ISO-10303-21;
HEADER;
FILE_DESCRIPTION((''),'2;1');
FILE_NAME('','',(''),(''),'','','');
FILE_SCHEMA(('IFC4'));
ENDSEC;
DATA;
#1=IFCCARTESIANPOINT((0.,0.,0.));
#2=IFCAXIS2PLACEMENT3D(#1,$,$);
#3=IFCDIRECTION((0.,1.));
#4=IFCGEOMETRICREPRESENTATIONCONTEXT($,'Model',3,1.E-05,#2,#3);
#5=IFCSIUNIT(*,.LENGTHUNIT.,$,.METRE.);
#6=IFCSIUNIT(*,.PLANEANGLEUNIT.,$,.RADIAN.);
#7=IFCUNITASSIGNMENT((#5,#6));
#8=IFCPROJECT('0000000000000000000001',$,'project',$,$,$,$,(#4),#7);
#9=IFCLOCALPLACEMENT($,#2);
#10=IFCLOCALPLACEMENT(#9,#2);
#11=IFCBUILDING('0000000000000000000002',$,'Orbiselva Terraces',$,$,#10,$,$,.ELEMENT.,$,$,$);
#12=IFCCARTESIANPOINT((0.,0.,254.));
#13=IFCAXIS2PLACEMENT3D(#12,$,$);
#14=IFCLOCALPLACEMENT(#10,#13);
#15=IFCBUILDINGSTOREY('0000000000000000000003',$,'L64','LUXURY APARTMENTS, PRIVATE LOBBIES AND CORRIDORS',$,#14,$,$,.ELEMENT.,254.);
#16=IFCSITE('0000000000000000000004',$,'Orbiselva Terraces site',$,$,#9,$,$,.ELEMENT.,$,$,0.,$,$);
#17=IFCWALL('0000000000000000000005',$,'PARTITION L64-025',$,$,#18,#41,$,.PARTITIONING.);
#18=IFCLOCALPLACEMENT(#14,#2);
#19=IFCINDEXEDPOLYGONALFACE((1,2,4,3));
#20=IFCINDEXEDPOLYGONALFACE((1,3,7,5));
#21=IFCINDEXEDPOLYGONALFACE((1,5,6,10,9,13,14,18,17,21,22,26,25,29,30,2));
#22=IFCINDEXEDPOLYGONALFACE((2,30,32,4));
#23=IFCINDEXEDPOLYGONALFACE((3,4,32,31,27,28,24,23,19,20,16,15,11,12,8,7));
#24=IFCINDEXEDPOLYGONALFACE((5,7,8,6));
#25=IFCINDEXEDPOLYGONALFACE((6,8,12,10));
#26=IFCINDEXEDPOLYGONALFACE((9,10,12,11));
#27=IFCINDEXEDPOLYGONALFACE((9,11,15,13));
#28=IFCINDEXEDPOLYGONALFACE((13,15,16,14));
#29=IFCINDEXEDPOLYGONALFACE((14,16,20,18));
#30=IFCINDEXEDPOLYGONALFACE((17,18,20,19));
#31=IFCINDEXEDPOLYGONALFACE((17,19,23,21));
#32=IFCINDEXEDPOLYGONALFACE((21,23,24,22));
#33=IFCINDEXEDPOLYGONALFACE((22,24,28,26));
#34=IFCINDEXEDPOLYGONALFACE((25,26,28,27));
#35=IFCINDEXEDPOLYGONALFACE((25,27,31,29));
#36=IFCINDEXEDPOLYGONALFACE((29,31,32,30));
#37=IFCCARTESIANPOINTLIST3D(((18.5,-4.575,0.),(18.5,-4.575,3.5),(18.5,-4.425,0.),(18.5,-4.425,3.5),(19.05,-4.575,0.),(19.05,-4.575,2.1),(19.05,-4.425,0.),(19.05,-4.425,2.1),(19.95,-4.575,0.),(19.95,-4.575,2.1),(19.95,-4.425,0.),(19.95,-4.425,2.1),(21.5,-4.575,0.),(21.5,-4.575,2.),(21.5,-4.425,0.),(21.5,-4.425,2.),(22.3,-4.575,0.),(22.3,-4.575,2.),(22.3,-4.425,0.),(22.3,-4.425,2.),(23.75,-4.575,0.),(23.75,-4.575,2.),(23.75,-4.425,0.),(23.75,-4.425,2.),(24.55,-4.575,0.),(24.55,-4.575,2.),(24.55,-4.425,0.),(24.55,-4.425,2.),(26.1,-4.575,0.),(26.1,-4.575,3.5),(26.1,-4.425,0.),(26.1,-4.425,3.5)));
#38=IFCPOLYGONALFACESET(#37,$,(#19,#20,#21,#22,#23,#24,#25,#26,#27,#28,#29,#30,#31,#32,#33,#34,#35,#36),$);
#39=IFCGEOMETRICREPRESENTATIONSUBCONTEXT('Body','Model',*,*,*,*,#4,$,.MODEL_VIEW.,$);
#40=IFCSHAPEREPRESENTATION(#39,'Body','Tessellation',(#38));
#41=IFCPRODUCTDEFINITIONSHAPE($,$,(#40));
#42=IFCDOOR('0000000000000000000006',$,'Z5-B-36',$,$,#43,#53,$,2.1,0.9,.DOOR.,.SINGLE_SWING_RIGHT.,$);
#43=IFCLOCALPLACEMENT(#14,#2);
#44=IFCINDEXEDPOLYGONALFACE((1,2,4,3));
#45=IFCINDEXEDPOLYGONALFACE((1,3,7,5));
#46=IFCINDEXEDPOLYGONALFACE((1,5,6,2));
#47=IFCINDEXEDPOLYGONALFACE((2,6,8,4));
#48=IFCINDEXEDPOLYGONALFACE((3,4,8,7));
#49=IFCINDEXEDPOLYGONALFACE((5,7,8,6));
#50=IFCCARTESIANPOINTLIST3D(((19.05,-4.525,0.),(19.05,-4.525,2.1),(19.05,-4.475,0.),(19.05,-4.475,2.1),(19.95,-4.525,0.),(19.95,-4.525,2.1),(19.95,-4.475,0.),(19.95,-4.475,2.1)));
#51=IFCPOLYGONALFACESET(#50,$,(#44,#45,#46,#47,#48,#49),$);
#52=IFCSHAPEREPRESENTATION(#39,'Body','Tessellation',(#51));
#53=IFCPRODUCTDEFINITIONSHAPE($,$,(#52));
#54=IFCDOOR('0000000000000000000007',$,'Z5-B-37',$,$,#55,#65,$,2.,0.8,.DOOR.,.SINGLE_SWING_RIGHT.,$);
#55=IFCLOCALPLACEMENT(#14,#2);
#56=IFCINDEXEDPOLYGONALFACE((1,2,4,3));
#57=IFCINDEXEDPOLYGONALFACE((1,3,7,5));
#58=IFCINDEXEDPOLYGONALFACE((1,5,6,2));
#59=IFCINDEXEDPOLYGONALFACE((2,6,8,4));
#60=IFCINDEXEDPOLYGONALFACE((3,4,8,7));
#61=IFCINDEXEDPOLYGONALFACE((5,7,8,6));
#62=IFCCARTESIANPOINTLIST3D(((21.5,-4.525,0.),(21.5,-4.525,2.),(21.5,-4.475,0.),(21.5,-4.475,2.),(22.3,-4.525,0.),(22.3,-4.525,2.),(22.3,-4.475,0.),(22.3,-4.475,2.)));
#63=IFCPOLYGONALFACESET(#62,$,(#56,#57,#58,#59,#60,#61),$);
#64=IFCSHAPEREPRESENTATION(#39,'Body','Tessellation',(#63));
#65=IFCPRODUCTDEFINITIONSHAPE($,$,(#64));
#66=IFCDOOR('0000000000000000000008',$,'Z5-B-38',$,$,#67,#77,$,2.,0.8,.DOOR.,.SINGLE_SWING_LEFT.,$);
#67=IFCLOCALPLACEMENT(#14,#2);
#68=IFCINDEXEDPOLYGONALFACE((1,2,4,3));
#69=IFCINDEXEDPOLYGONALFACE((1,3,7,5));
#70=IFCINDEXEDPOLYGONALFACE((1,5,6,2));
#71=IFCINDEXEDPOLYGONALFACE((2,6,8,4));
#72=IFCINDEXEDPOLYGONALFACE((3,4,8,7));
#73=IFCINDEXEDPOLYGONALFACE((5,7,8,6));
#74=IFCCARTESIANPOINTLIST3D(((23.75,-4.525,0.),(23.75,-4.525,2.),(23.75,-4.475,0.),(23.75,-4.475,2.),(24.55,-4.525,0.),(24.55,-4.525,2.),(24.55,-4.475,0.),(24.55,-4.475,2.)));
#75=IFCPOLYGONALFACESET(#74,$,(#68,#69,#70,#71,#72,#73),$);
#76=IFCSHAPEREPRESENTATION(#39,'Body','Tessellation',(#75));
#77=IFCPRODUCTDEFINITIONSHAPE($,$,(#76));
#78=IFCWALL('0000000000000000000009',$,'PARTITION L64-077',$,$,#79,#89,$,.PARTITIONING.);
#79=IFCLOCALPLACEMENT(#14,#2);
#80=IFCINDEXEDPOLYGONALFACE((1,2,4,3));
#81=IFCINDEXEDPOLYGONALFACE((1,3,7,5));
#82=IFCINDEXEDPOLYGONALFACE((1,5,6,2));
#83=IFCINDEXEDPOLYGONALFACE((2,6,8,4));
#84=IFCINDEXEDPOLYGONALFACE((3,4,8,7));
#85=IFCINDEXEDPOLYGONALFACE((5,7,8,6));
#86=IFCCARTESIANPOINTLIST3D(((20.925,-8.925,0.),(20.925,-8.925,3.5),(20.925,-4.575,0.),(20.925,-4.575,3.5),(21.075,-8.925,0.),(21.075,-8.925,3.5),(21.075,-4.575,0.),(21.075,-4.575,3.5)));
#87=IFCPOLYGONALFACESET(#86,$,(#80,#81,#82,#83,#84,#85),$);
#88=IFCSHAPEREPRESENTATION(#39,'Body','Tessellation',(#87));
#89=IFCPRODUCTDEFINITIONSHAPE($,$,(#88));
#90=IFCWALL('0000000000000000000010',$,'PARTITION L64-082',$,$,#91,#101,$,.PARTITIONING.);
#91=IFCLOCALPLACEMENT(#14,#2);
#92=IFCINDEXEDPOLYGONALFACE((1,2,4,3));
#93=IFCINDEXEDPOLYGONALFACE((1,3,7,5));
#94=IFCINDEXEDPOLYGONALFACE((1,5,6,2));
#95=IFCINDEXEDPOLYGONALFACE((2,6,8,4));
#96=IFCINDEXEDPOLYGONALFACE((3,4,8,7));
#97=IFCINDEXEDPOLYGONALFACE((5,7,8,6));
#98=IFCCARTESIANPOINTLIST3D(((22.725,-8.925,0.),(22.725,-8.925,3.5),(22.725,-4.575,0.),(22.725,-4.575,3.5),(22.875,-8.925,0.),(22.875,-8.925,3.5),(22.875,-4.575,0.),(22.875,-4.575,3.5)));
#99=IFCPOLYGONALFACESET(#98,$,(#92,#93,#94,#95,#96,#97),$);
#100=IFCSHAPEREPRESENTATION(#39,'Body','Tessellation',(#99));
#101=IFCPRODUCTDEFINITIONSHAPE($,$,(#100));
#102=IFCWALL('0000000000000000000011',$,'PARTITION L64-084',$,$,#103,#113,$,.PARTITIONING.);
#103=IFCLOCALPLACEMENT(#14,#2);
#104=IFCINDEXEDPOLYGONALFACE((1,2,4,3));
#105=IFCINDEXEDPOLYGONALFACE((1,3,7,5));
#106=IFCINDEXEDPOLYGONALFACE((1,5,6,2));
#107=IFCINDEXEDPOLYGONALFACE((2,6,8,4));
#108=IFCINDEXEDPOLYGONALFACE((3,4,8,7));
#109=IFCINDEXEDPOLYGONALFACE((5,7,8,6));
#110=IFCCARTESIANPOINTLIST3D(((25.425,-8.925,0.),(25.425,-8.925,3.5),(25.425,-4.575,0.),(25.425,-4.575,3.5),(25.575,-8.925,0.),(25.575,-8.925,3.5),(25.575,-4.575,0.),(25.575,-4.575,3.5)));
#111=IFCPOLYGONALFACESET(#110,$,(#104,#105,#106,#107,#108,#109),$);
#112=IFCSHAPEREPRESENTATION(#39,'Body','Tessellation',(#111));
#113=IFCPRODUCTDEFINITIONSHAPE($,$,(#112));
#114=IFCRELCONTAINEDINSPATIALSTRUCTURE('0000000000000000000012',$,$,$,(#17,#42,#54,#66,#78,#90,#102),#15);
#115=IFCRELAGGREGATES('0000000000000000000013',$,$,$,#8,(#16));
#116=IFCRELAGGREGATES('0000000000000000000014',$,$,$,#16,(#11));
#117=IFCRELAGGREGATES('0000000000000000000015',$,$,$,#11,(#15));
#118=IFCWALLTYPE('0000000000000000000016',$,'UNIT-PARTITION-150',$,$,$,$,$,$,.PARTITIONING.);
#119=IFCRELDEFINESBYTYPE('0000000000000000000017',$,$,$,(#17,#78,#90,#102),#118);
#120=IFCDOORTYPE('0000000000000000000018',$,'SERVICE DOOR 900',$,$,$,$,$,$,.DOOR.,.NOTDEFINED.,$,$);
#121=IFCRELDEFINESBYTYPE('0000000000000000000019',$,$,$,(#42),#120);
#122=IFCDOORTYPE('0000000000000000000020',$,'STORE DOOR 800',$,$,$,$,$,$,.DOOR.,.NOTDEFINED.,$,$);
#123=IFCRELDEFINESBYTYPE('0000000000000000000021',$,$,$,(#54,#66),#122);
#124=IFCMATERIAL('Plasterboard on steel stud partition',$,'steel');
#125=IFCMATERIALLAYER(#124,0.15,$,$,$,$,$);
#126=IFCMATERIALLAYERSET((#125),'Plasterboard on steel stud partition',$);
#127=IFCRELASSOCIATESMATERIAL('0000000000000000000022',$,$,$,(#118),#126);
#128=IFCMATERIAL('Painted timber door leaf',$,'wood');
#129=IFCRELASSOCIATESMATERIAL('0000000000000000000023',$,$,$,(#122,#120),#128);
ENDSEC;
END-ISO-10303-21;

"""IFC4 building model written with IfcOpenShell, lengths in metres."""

from ifc_helpers import new_model, si_unit, direction, frame, frame_2d, origin, place, context, subcontext, project, spatial, rectangle, extrude, material, layer, layer_set, type_object, element, fill, save


model = new_model("IFC4")

# Units and contexts
model_context = context("Model", 3, precision=1e-05, world=origin(), true_north=direction((0.0, 1.0)))
body_context = subcontext(model_context, "Body", "Model", "MODEL_VIEW")
ifc_project = project(units=[si_unit("LENGTHUNIT", "METRE"), si_unit("PLANEANGLEUNIT", "RADIAN")], contexts=[model_context])

# Site, building, storey
site_placement = place(None, origin())
site = spatial("IfcSite", under=ifc_project, at=site_placement, Name="Orbiselva Terraces site", CompositionType="ELEMENT", RefElevation=0.0)
building_placement = place(site_placement, origin())
building = spatial("IfcBuilding", under=site, at=building_placement, Name="Orbiselva Terraces", CompositionType="ELEMENT")
storey_placement = place(building_placement, frame((0.0, 0.0, 254.0)))
storey = spatial("IfcBuildingStorey", under=building, at=storey_placement, Name="L64", Description="LUXURY APARTMENTS, PRIVATE LOBBIES AND CORRIDORS", CompositionType="ELEMENT", Elevation=254.0)

# Shared definitions
ifc_material_1 = material(Name="Plasterboard on steel stud partition", Category="steel")

# Shared definitions
ifc_layer_1 = layer(ifc_material_1, 0.15)
ifc_layer_set_1 = layer_set([ifc_layer_1], Name="Plasterboard on steel stud partition")
wall_type_1 = type_object("IfcWallType", Name="UNIT-PARTITION-150", PredefinedType="PARTITIONING", material=ifc_layer_set_1)
ifc_material_2 = material(Name="Painted timber door leaf", Category="wood")
door_type_1 = type_object("IfcDoorType", Name="STORE DOOR 800", OperationType="NOTDEFINED", PredefinedType="DOOR", material=ifc_material_2)

# Wall, openings, doors
wall_1_placement = place(storey_placement, frame((26.1, -4.5, 0.0), z_axis=(0.0, 0.0, 1.0), x_axis=(-1.0, 0.0, 0.0)))
wall_1 = element("IfcWall", 1, at=wall_1_placement, inside=storey, type_object=wall_type_1, Name="PARTITION L64-025", PredefinedType="PARTITIONING", context=body_context, shape_type="SweptSolid", body=[
    extrude(rectangle(XDim=7.6, YDim=0.15, at=frame_2d((3.8, 0.0))), origin(), (0.0, 0.0, 1.0), 3.5),
])
opening_1_placement = place(wall_1_placement, frame((6.15, 0.0, 0.0)))
opening_1 = element("IfcOpeningElement", 2, at=opening_1_placement, cuts=wall_1, PredefinedType="OPENING", context=body_context, shape_type="SweptSolid", body=[
    extrude(rectangle(XDim=0.9, YDim=2.1, at=frame_2d((0.45, 1.05))), frame((0.0, 0.085, 0.0), z_axis=(0.0, -1.0, 0.0), x_axis=(1.0, 0.0, 0.0)), (0.0, 0.0, 1.0), 0.17),
])
opening_2_placement = place(wall_1_placement, frame((3.8, 0.0, 0.0)))
opening_2 = element("IfcOpeningElement", 3, at=opening_2_placement, cuts=wall_1, PredefinedType="OPENING", context=body_context, shape_type="SweptSolid", body=[
    extrude(rectangle(XDim=0.8, YDim=2.0, at=frame_2d((0.4, 1.0))), frame((0.0, 0.085, 0.0), z_axis=(0.0, -1.0, 0.0), x_axis=(1.0, 0.0, 0.0)), (0.0, 0.0, 1.0), 0.17),
])
opening_3_placement = place(wall_1_placement, frame((1.55, 0.0, 0.0)))
opening_3 = element("IfcOpeningElement", 4, at=opening_3_placement, cuts=wall_1, PredefinedType="OPENING", context=body_context, shape_type="SweptSolid", body=[
    extrude(rectangle(XDim=0.8, YDim=2.0, at=frame_2d((0.4, 1.0))), frame((0.0, 0.085, 0.0), z_axis=(0.0, -1.0, 0.0), x_axis=(1.0, 0.0, 0.0)), (0.0, 0.0, 1.0), 0.17),
])
door_type_2 = type_object("IfcDoorType", Name="SERVICE DOOR 900", OperationType="NOTDEFINED", PredefinedType="DOOR", material=ifc_material_2)
door_1_placement = place(opening_1_placement, origin())
door_1 = element("IfcDoor", 5, at=door_1_placement, inside=storey, type_object=door_type_2, Name="Z5-B-36", OperationType="SINGLE_SWING_RIGHT", OverallHeight=2.1, OverallWidth=0.9, PredefinedType="DOOR", context=body_context, shape_type="SweptSolid", body=[
    extrude(rectangle(XDim=0.9, YDim=2.1, at=frame_2d((0.45, 1.05))), frame((0.0, 0.025, 0.0), z_axis=(0.0, -1.0, 0.0), x_axis=(1.0, 0.0, 0.0)), (0.0, 0.0, 1.0), 0.05),
])
fill(opening_1, door_1)
door_2_placement = place(opening_2_placement, origin())
door_2 = element("IfcDoor", 6, at=door_2_placement, inside=storey, type_object=door_type_1, Name="Z5-B-37", OperationType="SINGLE_SWING_RIGHT", OverallHeight=2.0, OverallWidth=0.8, PredefinedType="DOOR", context=body_context, shape_type="SweptSolid", body=[
    extrude(rectangle(XDim=0.8, YDim=2.0, at=frame_2d((0.4, 1.0))), frame((0.0, 0.025, 0.0), z_axis=(0.0, -1.0, 0.0), x_axis=(1.0, 0.0, 0.0)), (0.0, 0.0, 1.0), 0.05),
])
fill(opening_2, door_2)
door_3_placement = place(opening_3_placement, origin())
door_3 = element("IfcDoor", 7, at=door_3_placement, inside=storey, type_object=door_type_1, Name="Z5-B-38", OperationType="SINGLE_SWING_LEFT", OverallHeight=2.0, OverallWidth=0.8, PredefinedType="DOOR", context=body_context, shape_type="SweptSolid", body=[
    extrude(rectangle(XDim=0.8, YDim=2.0, at=frame_2d((0.4, 1.0))), frame((0.0, 0.025, 0.0), z_axis=(0.0, -1.0, 0.0), x_axis=(1.0, 0.0, 0.0)), (0.0, 0.0, 1.0), 0.05),
])
fill(opening_3, door_3)

# Walls
for number, where, z_axis, x_axis, name in (
    (8, (21.0, -8.925, 0.0), (0.0, 0.0, 1.0), (0.0, 1.0, 0.0), "PARTITION L64-077"),
    (9, (22.8, -8.925, 0.0), (0.0, 0.0, 1.0), (0.0, 1.0, 0.0), "PARTITION L64-082"),
    (10, (25.5, -8.925, 0.0), (0.0, 0.0, 1.0), (0.0, 1.0, 0.0), "PARTITION L64-084"),
):
    element("IfcWall", number, at=place(storey_placement, frame(where, z_axis=z_axis, x_axis=x_axis)), inside=storey, type_object=wall_type_1, Name=name, PredefinedType="PARTITIONING", context=body_context, shape_type="SweptSolid", body=[
        extrude(rectangle(XDim=4.35, YDim=0.15, at=frame_2d((2.175, 0.0))), origin(), (0.0, 0.0, 1.0), 3.5),
    ])

save(model, "model.ifc")
